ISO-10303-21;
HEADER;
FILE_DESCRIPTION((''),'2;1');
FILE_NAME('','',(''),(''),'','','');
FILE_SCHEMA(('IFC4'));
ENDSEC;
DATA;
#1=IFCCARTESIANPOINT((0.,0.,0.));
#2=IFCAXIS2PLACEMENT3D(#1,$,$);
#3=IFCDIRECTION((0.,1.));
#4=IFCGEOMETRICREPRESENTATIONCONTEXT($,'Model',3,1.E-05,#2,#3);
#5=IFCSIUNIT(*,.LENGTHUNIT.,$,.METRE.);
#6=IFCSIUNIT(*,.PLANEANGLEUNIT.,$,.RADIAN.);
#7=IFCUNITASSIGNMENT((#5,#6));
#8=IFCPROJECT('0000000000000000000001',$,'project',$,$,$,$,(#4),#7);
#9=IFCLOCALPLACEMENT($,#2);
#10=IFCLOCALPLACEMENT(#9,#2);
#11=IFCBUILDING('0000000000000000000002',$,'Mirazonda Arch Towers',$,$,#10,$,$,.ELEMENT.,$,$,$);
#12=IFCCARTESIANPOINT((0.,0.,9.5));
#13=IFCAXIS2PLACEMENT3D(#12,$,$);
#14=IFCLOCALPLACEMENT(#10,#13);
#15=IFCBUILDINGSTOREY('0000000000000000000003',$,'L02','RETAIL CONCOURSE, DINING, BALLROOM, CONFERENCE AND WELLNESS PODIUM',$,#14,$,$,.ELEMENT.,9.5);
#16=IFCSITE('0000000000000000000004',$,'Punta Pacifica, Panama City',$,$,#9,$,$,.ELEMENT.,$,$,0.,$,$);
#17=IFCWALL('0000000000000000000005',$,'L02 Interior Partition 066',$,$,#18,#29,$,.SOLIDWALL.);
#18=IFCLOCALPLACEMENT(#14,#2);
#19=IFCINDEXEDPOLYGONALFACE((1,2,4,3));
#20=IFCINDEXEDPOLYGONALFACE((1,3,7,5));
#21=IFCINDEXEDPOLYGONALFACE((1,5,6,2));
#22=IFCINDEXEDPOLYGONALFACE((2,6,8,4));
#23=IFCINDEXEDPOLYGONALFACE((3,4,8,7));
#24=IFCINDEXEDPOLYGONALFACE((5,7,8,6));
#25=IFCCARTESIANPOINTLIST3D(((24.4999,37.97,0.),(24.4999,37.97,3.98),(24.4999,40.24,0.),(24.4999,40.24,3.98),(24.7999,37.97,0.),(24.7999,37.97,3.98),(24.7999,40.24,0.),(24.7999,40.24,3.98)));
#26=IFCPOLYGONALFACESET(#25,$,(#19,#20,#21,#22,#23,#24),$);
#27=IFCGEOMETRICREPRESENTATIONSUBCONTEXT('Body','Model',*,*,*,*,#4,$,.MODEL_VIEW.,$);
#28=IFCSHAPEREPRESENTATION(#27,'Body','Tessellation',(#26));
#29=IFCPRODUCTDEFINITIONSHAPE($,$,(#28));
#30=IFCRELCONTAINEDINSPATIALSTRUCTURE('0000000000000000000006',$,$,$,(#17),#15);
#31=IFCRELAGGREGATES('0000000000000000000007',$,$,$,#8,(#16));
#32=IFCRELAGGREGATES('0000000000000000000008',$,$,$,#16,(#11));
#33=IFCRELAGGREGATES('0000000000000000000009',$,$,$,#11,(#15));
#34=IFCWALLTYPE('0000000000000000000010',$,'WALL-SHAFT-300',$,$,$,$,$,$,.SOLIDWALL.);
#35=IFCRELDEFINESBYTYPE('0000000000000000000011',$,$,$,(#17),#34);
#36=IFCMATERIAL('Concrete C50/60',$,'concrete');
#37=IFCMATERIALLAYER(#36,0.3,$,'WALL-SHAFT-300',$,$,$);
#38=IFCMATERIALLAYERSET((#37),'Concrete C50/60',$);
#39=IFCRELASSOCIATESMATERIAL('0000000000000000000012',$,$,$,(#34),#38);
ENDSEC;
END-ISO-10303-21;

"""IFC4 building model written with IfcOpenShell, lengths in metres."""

from ifc_helpers import new_model, si_unit, direction, frame, frame_2d, origin, place, context, subcontext, project, spatial, rectangle, extrude, material, layer, layer_set, type_object, element, save


model = new_model("IFC4")

# Units and contexts
model_context = context("Model", 3, precision=1e-05, world=origin(), true_north=direction((0.0, 1.0)))
body_context = subcontext(model_context, "Body", "Model", "MODEL_VIEW")
ifc_project = project(units=[si_unit("LENGTHUNIT", "METRE"), si_unit("PLANEANGLEUNIT", "RADIAN")], contexts=[model_context])

# Site, building, storey
site_placement = place(None, origin())
site = spatial("IfcSite", under=ifc_project, at=site_placement, Name="Punta Pacifica, Panama City", CompositionType="ELEMENT", RefElevation=0.0)
building_placement = place(site_placement, origin())
building = spatial("IfcBuilding", under=site, at=building_placement, Name="Mirazonda Arch Towers", CompositionType="ELEMENT")
storey_placement = place(building_placement, frame((0.0, 0.0, 9.5)))
storey = spatial("IfcBuildingStorey", under=building, at=storey_placement, Name="L02", Description="RETAIL CONCOURSE, DINING, BALLROOM, CONFERENCE AND WELLNESS PODIUM", CompositionType="ELEMENT", Elevation=9.5)

# Wall
ifc_material_1 = material(Name="Concrete C50/60", Category="concrete")
ifc_layer_1 = layer(ifc_material_1, 0.3, Name="WALL-SHAFT-300")
ifc_layer_set_1 = layer_set([ifc_layer_1], Name="Concrete C50/60")
wall_type_1 = type_object("IfcWallType", Name="WALL-SHAFT-300", PredefinedType="SOLIDWALL", material=ifc_layer_set_1)
wall_1_placement = place(storey_placement, frame((24.6499, 37.97, 0.0), z_axis=(0.0, 0.0, 1.0), x_axis=(0.0, 1.0, 0.0)))
element("IfcWall", 1, at=wall_1_placement, inside=storey, type_object=wall_type_1, Name="L02 Interior Partition 066", PredefinedType="SOLIDWALL", context=body_context, shape_type="SweptSolid", body=[
    extrude(rectangle(XDim=2.27, YDim=0.3, at=frame_2d((1.135, 0.0))), origin(), (0.0, 0.0, 1.0), 3.98),
])

save(model, "model.ifc")
